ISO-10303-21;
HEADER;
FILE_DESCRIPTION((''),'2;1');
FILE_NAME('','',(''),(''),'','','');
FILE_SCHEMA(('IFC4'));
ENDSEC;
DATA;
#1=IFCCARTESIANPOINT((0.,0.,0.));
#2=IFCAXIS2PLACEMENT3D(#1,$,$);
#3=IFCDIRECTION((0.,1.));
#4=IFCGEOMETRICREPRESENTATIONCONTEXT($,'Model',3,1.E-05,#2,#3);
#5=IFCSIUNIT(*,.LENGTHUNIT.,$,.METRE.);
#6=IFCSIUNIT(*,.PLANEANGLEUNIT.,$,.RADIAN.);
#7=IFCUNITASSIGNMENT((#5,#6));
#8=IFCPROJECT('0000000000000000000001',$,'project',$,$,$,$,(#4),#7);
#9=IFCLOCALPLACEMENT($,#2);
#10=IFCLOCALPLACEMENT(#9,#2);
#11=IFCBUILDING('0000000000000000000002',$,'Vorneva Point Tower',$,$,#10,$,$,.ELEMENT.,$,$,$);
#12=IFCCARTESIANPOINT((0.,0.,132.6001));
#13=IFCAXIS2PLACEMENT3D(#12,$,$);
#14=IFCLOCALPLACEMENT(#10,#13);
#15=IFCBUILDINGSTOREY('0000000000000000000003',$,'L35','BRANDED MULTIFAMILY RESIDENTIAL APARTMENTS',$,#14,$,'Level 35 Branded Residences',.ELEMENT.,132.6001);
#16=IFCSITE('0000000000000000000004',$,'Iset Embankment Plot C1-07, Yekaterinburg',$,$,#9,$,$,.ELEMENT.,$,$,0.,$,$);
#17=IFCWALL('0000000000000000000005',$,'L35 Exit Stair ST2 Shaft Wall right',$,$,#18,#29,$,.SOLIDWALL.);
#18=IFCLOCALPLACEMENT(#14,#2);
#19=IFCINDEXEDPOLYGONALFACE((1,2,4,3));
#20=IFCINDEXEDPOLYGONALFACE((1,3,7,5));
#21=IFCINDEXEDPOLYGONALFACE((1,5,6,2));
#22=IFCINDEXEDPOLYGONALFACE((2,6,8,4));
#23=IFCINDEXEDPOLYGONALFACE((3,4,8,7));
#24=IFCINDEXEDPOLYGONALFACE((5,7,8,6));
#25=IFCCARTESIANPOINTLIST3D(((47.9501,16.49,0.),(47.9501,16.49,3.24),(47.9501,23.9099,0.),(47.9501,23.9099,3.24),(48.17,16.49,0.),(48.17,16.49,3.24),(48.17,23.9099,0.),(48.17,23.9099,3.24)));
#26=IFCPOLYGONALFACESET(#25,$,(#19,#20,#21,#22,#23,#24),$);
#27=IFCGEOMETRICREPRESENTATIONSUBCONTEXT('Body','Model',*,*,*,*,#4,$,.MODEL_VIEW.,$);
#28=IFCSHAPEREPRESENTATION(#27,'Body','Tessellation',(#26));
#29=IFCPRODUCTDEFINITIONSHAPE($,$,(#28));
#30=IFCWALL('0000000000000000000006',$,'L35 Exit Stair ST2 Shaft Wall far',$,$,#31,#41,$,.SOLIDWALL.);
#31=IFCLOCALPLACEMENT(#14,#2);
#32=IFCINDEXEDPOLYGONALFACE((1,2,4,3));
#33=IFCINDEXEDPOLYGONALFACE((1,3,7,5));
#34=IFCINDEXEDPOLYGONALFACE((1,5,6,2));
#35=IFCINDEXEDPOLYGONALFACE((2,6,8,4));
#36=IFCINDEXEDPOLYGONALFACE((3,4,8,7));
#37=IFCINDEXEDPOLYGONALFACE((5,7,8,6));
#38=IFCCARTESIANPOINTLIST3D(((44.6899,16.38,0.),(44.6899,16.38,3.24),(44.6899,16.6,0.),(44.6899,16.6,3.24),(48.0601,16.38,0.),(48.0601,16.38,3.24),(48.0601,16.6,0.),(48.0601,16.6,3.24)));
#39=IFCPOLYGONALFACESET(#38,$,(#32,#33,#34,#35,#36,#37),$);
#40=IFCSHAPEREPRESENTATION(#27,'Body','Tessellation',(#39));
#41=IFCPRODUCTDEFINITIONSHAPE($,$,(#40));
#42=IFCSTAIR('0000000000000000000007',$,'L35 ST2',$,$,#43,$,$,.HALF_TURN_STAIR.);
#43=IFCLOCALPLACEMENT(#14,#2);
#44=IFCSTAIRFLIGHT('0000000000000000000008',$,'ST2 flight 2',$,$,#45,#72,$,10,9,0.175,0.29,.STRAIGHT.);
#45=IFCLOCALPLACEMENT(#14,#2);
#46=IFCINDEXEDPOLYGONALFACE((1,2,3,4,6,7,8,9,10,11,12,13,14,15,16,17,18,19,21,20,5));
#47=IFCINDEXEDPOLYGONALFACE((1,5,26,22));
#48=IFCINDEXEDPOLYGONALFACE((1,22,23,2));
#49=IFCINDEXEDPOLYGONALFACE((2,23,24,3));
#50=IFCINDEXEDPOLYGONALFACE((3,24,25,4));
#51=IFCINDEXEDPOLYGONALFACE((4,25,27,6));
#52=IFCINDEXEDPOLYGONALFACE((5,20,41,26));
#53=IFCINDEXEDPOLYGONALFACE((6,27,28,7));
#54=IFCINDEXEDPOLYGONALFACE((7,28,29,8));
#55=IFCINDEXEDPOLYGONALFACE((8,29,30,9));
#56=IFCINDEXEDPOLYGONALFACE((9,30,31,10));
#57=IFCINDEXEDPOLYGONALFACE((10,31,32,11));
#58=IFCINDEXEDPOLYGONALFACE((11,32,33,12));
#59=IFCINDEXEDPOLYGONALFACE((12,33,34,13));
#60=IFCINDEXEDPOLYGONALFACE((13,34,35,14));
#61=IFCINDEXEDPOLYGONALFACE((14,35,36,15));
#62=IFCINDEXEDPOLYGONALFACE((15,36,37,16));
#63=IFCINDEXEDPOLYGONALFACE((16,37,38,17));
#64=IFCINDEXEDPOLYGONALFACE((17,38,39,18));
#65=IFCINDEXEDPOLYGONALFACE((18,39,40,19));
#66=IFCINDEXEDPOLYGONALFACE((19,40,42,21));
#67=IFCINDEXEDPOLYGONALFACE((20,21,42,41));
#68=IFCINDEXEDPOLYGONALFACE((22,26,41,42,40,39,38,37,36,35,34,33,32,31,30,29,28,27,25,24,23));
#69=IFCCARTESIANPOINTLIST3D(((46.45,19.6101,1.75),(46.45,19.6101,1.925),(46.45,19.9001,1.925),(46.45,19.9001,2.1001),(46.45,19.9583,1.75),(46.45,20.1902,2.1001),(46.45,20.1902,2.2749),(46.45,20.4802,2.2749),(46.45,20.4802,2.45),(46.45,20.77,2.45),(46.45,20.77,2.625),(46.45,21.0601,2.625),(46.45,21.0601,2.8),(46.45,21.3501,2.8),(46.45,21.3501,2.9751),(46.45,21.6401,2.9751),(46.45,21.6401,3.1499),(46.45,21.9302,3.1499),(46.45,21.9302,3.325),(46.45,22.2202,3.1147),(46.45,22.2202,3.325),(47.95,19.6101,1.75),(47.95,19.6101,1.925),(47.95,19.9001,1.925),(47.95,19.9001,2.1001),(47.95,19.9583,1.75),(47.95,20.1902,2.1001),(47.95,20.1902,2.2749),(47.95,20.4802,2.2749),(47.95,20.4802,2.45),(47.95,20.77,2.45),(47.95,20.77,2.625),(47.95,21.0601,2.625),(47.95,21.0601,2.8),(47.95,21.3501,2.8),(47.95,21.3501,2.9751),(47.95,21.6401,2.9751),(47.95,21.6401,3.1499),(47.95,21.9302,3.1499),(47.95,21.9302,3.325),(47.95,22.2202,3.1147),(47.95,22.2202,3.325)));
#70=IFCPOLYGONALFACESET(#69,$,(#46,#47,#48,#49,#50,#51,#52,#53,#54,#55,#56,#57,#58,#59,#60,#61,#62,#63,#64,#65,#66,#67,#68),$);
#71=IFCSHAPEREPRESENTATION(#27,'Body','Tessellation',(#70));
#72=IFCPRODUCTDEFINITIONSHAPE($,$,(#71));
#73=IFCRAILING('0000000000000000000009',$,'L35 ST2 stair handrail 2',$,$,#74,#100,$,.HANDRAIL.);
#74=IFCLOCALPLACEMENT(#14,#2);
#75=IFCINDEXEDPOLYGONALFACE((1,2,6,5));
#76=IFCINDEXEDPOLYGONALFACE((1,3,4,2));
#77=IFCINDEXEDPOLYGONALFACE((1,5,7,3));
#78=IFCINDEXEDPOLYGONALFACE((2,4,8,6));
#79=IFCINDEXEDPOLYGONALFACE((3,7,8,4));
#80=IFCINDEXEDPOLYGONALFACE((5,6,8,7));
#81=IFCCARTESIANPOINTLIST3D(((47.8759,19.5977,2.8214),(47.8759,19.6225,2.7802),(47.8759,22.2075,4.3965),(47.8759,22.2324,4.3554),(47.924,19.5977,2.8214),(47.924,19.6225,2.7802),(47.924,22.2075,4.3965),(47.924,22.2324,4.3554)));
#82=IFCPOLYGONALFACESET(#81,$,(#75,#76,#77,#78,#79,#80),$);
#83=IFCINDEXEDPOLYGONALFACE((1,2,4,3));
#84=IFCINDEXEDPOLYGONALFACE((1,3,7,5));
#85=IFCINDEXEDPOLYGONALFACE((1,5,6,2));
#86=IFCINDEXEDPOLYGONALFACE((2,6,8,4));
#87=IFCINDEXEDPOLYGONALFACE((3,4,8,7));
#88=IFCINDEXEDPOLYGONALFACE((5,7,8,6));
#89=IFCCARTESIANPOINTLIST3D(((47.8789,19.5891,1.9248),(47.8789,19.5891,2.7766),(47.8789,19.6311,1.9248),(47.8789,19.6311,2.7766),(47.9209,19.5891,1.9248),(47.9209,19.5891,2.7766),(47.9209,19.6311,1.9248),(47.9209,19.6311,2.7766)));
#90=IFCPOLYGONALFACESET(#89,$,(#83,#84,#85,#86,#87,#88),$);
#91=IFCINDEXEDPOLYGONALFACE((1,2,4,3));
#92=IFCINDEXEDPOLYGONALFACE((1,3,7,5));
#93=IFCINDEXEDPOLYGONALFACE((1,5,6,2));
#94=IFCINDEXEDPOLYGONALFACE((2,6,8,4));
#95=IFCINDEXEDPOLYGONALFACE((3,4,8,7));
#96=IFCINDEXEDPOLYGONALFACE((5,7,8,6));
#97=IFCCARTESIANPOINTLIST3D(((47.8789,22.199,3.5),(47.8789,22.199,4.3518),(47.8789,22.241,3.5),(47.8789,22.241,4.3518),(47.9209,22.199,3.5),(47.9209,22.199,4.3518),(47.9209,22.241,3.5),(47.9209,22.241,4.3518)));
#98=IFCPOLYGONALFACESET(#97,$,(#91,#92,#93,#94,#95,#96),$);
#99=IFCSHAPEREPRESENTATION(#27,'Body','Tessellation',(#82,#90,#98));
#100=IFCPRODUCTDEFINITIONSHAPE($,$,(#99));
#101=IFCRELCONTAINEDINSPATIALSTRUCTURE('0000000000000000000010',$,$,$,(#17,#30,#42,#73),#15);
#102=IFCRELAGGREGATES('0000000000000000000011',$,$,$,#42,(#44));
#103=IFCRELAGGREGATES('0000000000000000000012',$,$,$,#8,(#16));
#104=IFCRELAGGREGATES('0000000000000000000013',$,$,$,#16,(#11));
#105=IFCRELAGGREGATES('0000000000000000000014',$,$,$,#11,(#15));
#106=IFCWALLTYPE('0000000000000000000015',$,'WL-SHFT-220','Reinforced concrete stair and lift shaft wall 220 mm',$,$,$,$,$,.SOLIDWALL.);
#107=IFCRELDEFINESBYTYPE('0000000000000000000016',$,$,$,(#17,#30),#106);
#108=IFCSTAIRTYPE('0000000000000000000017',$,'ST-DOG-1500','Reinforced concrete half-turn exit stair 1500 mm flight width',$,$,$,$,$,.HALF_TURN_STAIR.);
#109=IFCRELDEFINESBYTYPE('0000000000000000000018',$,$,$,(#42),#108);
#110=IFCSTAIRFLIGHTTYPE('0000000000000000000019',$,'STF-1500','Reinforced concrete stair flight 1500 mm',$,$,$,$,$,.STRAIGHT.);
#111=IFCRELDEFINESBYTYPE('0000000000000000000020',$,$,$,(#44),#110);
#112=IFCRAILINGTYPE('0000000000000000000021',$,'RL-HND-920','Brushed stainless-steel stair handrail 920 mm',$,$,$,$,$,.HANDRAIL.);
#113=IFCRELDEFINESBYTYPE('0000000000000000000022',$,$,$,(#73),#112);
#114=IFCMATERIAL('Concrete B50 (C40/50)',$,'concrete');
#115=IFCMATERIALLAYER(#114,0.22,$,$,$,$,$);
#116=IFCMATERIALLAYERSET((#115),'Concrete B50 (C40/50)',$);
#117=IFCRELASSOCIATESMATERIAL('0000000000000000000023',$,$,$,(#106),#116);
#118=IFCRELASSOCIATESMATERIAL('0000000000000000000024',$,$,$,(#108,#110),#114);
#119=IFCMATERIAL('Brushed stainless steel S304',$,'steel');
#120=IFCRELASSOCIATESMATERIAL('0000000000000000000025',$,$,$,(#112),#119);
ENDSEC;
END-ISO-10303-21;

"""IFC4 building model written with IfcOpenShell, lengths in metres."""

from ifc_helpers import new_model, si_unit, direction, frame, frame_2d, origin, origin_2d, place, context, subcontext, project, spatial, polyline, rectangle, outline, extrude, material, layer, layer_set, type_object, element, aggregate, save


model = new_model("IFC4")

# Units and contexts
model_context = context("Model", 3, precision=1e-05, world=origin(), true_north=direction((0.0, 1.0)))
body_context = subcontext(model_context, "Body", "Model", "MODEL_VIEW")
ifc_project = project(units=[si_unit("LENGTHUNIT", "METRE"), si_unit("PLANEANGLEUNIT", "RADIAN")], contexts=[model_context])

# Site, building, storey
site_placement = place(None, origin())
site = spatial("IfcSite", under=ifc_project, at=site_placement, Name="Iset Embankment Plot C1-07, Yekaterinburg", CompositionType="ELEMENT", RefElevation=0.0)
building_placement = place(site_placement, origin())
building = spatial("IfcBuilding", under=site, at=building_placement, Name="Vorneva Point Tower", CompositionType="ELEMENT")
storey_placement = place(building_placement, frame((0.0, 0.0, 132.6001)))
storey = spatial("IfcBuildingStorey", under=building, at=storey_placement, Name="L35", Description="BRANDED MULTIFAMILY RESIDENTIAL APARTMENTS", LongName="Level 35 Branded Residences", CompositionType="ELEMENT", Elevation=132.6001)

# Walls
ifc_material_1 = material(Name="Concrete B50 (C40/50)", Category="concrete")
ifc_layer_1 = layer(ifc_material_1, 0.22)
ifc_layer_set_1 = layer_set([ifc_layer_1], Name="Concrete B50 (C40/50)")
wall_type_1 = type_object("IfcWallType", Name="WL-SHFT-220", Description="Reinforced concrete stair and lift shaft wall 220 mm", PredefinedType="SOLIDWALL", material=ifc_layer_set_1)
wall_1_placement = place(storey_placement, frame((48.0601, 23.9099, 0.0), z_axis=(0.0, 0.0, 1.0), x_axis=(0.0, -1.0, 0.0)))
element("IfcWall", 1, at=wall_1_placement, inside=storey, type_object=wall_type_1, Name="L35 Exit Stair ST2 Shaft Wall right", PredefinedType="SOLIDWALL", context=body_context, shape_type="SweptSolid", body=[
    extrude(rectangle(XDim=7.4199, YDim=0.22, at=frame_2d((3.71, 0.0))), origin(), (0.0, 0.0, 1.0), 3.24),
])
wall_2_placement = place(storey_placement, frame((48.0601, 16.49, 0.0), z_axis=(0.0, 0.0, 1.0), x_axis=(-1.0, 0.0, 0.0)))
element("IfcWall", 2, at=wall_2_placement, inside=storey, type_object=wall_type_1, Name="L35 Exit Stair ST2 Shaft Wall far", PredefinedType="SOLIDWALL", context=body_context, shape_type="SweptSolid", body=[
    extrude(rectangle(XDim=3.3701, YDim=0.22, at=frame_2d((1.6851, 0.0))), origin(), (0.0, 0.0, 1.0), 3.24),
])

# Stair, stair flight
stair_type = type_object("IfcStairType", Name="ST-DOG-1500", Description="Reinforced concrete half-turn exit stair 1500 mm flight width", PredefinedType="HALF_TURN_STAIR", material=ifc_material_1)
stair_placement = place(storey_placement, origin())
stair = element("IfcStair", 3, at=stair_placement, inside=storey, type_object=stair_type, Name="L35 ST2", PredefinedType="HALF_TURN_STAIR")
stair_flight_type = type_object("IfcStairFlightType", Name="STF-1500", Description="Reinforced concrete stair flight 1500 mm", PredefinedType="STRAIGHT", material=ifc_material_1)
stair_flight_placement = place(storey_placement, frame((47.2, 19.6101, 1.75), z_axis=(0.0, 0.0, 1.0), x_axis=(0.0, 1.0, 0.0)))
stair_flight = element("IfcStairFlight", 4, at=stair_flight_placement, type_object=stair_flight_type, Name="ST2 flight 2", NumberOfRisers=10, NumberOfTreads=9, PredefinedType="STRAIGHT", RiserHeight=0.175, TreadLength=0.29, context=body_context, shape_type="SweptSolid", body=[
    extrude(outline(polyline([(0.0, 0.0), (0.0, 0.175), (0.29, 0.175), (0.29, 0.3501), (0.5801, 0.3501), (0.5801, 0.5249), (0.8701, 0.5249), (0.8701, 0.7), (1.1599, 0.7), (1.1599, 0.875), (1.45, 0.875), (1.45, 1.05), (1.74, 1.05), (1.74, 1.2251), (2.03, 1.2251), (2.03, 1.3999), (2.3201, 1.3999), (2.3201, 1.575), (2.6101, 1.575), (2.6101, 1.75), (2.6101, 1.3647), (0.3481, 0.0), (0.0, 0.0)])), frame((0.0, 0.75, 0.0), z_axis=(0.0, -1.0, 0.0), x_axis=(1.0, 0.0, 0.0)), (0.0, 0.0, 1.0), 1.5),
])
aggregate(stair, [stair_flight])

# Railing
ifc_material_2 = material(Name="Brushed stainless steel S304", Category="steel")
railing_type = type_object("IfcRailingType", Name="RL-HND-920", Description="Brushed stainless-steel stair handrail 920 mm", PredefinedType="HANDRAIL", material=ifc_material_2)
railing_placement = place(storey_placement, frame((47.8999, 19.6101, 1.9248)))
element("IfcRailing", 5, at=railing_placement, inside=storey, type_object=railing_type, Name="L35 ST2 stair handrail 2", PredefinedType="HANDRAIL", context=body_context, shape_type="SweptSolid", body=[
    extrude(rectangle(XDim=0.0481, YDim=0.0481, at=origin_2d()), frame((0.0, 0.0, 0.876), z_axis=(0.0, 0.856147, 0.516732), x_axis=(-1.0, 0.0, 0.0)), (0.0, 0.0, 1.0), 3.0483),
    extrude(rectangle(XDim=0.042, YDim=0.042, at=origin_2d()), origin(), (0.0, 0.0, 1.0), 0.8518),
    extrude(rectangle(XDim=0.042, YDim=0.042, at=origin_2d()), frame((0.0, 2.6099, 1.5752)), (0.0, 0.0, 1.0), 0.8518),
])

save(model, "model.ifc")
